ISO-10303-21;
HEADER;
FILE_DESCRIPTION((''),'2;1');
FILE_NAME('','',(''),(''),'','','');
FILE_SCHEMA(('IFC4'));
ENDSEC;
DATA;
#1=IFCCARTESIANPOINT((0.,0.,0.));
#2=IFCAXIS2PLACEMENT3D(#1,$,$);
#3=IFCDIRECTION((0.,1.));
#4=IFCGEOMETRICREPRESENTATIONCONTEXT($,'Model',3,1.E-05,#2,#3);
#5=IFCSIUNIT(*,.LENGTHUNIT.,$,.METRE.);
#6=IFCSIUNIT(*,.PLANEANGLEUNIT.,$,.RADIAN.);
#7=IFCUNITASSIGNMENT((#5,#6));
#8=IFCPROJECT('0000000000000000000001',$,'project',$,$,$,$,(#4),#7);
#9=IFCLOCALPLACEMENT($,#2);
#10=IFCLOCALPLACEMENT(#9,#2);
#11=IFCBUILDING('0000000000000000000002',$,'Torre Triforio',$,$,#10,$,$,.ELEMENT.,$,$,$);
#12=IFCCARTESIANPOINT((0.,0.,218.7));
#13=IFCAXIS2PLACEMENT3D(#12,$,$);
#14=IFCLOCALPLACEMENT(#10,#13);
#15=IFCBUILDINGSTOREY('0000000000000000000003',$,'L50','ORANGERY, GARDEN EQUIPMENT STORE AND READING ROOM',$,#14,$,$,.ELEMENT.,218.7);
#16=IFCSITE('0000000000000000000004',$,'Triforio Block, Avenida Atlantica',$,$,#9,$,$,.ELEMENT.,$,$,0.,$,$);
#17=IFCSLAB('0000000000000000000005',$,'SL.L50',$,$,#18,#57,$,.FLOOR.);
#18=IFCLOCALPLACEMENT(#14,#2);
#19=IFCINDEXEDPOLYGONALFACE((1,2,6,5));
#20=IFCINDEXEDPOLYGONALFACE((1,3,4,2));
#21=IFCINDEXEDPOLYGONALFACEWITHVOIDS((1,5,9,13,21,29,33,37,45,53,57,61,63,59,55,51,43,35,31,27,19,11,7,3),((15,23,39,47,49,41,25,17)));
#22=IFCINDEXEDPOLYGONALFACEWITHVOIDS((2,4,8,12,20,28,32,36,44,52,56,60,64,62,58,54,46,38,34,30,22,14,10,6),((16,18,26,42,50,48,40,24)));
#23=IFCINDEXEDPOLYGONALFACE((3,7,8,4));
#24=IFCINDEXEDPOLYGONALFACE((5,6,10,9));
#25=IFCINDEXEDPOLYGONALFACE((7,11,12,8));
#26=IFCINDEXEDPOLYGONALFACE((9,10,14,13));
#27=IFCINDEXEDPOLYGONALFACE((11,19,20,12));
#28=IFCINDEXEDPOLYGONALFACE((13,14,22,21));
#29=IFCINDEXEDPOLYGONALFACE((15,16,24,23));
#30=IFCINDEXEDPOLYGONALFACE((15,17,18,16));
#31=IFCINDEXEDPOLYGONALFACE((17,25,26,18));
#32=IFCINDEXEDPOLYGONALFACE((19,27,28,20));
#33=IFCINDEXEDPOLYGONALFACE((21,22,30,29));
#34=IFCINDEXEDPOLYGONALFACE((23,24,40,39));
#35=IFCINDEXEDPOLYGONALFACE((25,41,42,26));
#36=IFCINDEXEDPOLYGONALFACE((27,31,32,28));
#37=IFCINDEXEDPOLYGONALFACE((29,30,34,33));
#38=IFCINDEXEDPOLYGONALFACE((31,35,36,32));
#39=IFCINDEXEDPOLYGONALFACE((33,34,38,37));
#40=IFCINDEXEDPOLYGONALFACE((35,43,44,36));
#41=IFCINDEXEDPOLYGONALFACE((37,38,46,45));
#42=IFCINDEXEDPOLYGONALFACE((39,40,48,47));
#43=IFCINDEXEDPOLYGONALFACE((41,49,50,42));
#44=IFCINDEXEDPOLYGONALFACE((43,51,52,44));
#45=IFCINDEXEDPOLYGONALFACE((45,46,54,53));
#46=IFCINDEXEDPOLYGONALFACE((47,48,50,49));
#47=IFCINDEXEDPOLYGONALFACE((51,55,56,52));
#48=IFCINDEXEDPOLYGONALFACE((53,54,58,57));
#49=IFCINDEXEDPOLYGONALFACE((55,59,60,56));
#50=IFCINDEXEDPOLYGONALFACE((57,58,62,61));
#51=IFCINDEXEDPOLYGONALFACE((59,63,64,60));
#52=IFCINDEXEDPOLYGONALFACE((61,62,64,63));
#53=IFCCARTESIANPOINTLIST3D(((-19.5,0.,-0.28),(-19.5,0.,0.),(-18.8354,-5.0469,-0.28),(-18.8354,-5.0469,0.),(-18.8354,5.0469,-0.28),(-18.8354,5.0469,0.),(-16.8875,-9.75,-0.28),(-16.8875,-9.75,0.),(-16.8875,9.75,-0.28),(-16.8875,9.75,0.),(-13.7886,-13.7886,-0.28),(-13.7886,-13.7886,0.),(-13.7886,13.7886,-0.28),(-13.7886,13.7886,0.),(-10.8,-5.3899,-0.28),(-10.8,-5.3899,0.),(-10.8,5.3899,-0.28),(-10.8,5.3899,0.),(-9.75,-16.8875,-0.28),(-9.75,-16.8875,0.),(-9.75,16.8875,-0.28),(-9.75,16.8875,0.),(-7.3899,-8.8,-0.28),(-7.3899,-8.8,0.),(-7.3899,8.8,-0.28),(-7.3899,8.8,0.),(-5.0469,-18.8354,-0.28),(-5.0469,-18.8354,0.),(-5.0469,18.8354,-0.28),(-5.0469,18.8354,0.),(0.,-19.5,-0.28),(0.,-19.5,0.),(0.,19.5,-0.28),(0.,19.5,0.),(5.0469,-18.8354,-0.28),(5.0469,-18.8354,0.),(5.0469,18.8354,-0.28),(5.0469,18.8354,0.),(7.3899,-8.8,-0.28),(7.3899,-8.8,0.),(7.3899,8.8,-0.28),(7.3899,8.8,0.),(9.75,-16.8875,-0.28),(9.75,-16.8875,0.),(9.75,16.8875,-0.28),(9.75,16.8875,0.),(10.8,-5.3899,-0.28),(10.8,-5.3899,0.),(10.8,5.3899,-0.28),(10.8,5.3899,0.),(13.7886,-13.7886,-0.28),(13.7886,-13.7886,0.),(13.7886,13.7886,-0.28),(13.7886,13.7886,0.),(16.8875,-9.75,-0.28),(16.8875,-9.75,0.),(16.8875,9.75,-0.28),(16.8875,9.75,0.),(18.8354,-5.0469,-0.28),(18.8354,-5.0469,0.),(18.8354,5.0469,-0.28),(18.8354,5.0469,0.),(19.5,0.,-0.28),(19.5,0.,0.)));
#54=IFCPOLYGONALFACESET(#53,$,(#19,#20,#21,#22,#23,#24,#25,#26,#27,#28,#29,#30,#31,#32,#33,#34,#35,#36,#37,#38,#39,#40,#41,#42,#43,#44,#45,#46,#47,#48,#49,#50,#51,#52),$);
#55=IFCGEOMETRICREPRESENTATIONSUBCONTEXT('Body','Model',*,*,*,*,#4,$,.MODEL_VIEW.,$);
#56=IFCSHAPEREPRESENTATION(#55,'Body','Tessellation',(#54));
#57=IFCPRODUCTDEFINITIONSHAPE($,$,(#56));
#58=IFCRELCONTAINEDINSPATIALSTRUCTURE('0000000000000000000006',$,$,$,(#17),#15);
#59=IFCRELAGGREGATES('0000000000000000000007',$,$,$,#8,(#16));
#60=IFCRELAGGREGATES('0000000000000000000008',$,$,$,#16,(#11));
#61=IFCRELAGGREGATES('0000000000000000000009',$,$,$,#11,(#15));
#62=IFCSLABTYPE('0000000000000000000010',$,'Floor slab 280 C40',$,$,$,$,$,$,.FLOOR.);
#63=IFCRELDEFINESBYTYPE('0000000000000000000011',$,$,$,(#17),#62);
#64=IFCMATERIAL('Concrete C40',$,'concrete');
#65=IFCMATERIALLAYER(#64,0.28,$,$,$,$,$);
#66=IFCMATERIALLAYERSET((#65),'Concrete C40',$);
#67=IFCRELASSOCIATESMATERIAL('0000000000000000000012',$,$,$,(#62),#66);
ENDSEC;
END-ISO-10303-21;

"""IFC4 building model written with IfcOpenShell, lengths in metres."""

from ifc_helpers import new_model, si_unit, direction, frame, origin, place, context, subcontext, project, spatial, polyline, outline, extrude, material, layer, layer_set, type_object, element, save


model = new_model("IFC4")

# Units and contexts
model_context = context("Model", 3, precision=1e-05, world=origin(), true_north=direction((0.0, 1.0)))
body_context = subcontext(model_context, "Body", "Model", "MODEL_VIEW")
ifc_project = project(units=[si_unit("LENGTHUNIT", "METRE"), si_unit("PLANEANGLEUNIT", "RADIAN")], contexts=[model_context])

# Site, building, storey
site_placement = place(None, origin())
site = spatial("IfcSite", under=ifc_project, at=site_placement, Name="Triforio Block, Avenida Atlantica", CompositionType="ELEMENT", RefElevation=0.0)
building_placement = place(site_placement, origin())
building = spatial("IfcBuilding", under=site, at=building_placement, Name="Torre Triforio", CompositionType="ELEMENT")
storey_placement = place(building_placement, frame((0.0, 0.0, 218.7)))
storey = spatial("IfcBuildingStorey", under=building, at=storey_placement, Name="L50", Description="ORANGERY, GARDEN EQUIPMENT STORE AND READING ROOM", CompositionType="ELEMENT", Elevation=218.7)

# Slab
ifc_material_1 = material(Name="Concrete C40", Category="concrete")
ifc_layer_1 = layer(ifc_material_1, 0.28)
ifc_layer_set_1 = layer_set([ifc_layer_1], Name="Concrete C40")
slab_type_1 = type_object("IfcSlabType", Name="Floor slab 280 C40", PredefinedType="FLOOR", material=ifc_layer_set_1)
slab_1_placement = place(storey_placement, frame((0.0, 0.0, -0.28)))
element("IfcSlab", 1, at=slab_1_placement, inside=storey, type_object=slab_type_1, Name="SL.L50", PredefinedType="FLOOR", context=body_context, shape_type="SweptSolid", body=[
    extrude(outline(polyline([(16.8875, -9.75), (18.8354, -5.0469), (19.5, 0.0), (18.8354, 5.0469), (16.8875, 9.75), (13.7886, 13.7886), (9.75, 16.8875), (5.0469, 18.8354), (0.0, 19.5), (-5.0469, 18.8354), (-9.75, 16.8875), (-13.7886, 13.7886), (-16.8875, 9.75), (-18.8354, 5.0469), (-19.5, 0.0), (-18.8354, -5.0469), (-16.8875, -9.75), (-13.7886, -13.7886), (-9.75, -16.8875), (-5.0469, -18.8354), (0.0, -19.5), (5.0469, -18.8354), (9.75, -16.8875), (13.7886, -13.7886), (16.8875, -9.75)]), holes=[polyline([(10.8, 5.3899), (10.8, -5.3899), (7.3899, -8.8), (-7.3899, -8.8), (-10.8, -5.3899), (-10.8, 5.3899), (-7.3899, 8.8), (7.3899, 8.8), (10.8, 5.3899)])]), origin(), (0.0, 0.0, 1.0), 0.28),
])

save(model, "model.ifc")
